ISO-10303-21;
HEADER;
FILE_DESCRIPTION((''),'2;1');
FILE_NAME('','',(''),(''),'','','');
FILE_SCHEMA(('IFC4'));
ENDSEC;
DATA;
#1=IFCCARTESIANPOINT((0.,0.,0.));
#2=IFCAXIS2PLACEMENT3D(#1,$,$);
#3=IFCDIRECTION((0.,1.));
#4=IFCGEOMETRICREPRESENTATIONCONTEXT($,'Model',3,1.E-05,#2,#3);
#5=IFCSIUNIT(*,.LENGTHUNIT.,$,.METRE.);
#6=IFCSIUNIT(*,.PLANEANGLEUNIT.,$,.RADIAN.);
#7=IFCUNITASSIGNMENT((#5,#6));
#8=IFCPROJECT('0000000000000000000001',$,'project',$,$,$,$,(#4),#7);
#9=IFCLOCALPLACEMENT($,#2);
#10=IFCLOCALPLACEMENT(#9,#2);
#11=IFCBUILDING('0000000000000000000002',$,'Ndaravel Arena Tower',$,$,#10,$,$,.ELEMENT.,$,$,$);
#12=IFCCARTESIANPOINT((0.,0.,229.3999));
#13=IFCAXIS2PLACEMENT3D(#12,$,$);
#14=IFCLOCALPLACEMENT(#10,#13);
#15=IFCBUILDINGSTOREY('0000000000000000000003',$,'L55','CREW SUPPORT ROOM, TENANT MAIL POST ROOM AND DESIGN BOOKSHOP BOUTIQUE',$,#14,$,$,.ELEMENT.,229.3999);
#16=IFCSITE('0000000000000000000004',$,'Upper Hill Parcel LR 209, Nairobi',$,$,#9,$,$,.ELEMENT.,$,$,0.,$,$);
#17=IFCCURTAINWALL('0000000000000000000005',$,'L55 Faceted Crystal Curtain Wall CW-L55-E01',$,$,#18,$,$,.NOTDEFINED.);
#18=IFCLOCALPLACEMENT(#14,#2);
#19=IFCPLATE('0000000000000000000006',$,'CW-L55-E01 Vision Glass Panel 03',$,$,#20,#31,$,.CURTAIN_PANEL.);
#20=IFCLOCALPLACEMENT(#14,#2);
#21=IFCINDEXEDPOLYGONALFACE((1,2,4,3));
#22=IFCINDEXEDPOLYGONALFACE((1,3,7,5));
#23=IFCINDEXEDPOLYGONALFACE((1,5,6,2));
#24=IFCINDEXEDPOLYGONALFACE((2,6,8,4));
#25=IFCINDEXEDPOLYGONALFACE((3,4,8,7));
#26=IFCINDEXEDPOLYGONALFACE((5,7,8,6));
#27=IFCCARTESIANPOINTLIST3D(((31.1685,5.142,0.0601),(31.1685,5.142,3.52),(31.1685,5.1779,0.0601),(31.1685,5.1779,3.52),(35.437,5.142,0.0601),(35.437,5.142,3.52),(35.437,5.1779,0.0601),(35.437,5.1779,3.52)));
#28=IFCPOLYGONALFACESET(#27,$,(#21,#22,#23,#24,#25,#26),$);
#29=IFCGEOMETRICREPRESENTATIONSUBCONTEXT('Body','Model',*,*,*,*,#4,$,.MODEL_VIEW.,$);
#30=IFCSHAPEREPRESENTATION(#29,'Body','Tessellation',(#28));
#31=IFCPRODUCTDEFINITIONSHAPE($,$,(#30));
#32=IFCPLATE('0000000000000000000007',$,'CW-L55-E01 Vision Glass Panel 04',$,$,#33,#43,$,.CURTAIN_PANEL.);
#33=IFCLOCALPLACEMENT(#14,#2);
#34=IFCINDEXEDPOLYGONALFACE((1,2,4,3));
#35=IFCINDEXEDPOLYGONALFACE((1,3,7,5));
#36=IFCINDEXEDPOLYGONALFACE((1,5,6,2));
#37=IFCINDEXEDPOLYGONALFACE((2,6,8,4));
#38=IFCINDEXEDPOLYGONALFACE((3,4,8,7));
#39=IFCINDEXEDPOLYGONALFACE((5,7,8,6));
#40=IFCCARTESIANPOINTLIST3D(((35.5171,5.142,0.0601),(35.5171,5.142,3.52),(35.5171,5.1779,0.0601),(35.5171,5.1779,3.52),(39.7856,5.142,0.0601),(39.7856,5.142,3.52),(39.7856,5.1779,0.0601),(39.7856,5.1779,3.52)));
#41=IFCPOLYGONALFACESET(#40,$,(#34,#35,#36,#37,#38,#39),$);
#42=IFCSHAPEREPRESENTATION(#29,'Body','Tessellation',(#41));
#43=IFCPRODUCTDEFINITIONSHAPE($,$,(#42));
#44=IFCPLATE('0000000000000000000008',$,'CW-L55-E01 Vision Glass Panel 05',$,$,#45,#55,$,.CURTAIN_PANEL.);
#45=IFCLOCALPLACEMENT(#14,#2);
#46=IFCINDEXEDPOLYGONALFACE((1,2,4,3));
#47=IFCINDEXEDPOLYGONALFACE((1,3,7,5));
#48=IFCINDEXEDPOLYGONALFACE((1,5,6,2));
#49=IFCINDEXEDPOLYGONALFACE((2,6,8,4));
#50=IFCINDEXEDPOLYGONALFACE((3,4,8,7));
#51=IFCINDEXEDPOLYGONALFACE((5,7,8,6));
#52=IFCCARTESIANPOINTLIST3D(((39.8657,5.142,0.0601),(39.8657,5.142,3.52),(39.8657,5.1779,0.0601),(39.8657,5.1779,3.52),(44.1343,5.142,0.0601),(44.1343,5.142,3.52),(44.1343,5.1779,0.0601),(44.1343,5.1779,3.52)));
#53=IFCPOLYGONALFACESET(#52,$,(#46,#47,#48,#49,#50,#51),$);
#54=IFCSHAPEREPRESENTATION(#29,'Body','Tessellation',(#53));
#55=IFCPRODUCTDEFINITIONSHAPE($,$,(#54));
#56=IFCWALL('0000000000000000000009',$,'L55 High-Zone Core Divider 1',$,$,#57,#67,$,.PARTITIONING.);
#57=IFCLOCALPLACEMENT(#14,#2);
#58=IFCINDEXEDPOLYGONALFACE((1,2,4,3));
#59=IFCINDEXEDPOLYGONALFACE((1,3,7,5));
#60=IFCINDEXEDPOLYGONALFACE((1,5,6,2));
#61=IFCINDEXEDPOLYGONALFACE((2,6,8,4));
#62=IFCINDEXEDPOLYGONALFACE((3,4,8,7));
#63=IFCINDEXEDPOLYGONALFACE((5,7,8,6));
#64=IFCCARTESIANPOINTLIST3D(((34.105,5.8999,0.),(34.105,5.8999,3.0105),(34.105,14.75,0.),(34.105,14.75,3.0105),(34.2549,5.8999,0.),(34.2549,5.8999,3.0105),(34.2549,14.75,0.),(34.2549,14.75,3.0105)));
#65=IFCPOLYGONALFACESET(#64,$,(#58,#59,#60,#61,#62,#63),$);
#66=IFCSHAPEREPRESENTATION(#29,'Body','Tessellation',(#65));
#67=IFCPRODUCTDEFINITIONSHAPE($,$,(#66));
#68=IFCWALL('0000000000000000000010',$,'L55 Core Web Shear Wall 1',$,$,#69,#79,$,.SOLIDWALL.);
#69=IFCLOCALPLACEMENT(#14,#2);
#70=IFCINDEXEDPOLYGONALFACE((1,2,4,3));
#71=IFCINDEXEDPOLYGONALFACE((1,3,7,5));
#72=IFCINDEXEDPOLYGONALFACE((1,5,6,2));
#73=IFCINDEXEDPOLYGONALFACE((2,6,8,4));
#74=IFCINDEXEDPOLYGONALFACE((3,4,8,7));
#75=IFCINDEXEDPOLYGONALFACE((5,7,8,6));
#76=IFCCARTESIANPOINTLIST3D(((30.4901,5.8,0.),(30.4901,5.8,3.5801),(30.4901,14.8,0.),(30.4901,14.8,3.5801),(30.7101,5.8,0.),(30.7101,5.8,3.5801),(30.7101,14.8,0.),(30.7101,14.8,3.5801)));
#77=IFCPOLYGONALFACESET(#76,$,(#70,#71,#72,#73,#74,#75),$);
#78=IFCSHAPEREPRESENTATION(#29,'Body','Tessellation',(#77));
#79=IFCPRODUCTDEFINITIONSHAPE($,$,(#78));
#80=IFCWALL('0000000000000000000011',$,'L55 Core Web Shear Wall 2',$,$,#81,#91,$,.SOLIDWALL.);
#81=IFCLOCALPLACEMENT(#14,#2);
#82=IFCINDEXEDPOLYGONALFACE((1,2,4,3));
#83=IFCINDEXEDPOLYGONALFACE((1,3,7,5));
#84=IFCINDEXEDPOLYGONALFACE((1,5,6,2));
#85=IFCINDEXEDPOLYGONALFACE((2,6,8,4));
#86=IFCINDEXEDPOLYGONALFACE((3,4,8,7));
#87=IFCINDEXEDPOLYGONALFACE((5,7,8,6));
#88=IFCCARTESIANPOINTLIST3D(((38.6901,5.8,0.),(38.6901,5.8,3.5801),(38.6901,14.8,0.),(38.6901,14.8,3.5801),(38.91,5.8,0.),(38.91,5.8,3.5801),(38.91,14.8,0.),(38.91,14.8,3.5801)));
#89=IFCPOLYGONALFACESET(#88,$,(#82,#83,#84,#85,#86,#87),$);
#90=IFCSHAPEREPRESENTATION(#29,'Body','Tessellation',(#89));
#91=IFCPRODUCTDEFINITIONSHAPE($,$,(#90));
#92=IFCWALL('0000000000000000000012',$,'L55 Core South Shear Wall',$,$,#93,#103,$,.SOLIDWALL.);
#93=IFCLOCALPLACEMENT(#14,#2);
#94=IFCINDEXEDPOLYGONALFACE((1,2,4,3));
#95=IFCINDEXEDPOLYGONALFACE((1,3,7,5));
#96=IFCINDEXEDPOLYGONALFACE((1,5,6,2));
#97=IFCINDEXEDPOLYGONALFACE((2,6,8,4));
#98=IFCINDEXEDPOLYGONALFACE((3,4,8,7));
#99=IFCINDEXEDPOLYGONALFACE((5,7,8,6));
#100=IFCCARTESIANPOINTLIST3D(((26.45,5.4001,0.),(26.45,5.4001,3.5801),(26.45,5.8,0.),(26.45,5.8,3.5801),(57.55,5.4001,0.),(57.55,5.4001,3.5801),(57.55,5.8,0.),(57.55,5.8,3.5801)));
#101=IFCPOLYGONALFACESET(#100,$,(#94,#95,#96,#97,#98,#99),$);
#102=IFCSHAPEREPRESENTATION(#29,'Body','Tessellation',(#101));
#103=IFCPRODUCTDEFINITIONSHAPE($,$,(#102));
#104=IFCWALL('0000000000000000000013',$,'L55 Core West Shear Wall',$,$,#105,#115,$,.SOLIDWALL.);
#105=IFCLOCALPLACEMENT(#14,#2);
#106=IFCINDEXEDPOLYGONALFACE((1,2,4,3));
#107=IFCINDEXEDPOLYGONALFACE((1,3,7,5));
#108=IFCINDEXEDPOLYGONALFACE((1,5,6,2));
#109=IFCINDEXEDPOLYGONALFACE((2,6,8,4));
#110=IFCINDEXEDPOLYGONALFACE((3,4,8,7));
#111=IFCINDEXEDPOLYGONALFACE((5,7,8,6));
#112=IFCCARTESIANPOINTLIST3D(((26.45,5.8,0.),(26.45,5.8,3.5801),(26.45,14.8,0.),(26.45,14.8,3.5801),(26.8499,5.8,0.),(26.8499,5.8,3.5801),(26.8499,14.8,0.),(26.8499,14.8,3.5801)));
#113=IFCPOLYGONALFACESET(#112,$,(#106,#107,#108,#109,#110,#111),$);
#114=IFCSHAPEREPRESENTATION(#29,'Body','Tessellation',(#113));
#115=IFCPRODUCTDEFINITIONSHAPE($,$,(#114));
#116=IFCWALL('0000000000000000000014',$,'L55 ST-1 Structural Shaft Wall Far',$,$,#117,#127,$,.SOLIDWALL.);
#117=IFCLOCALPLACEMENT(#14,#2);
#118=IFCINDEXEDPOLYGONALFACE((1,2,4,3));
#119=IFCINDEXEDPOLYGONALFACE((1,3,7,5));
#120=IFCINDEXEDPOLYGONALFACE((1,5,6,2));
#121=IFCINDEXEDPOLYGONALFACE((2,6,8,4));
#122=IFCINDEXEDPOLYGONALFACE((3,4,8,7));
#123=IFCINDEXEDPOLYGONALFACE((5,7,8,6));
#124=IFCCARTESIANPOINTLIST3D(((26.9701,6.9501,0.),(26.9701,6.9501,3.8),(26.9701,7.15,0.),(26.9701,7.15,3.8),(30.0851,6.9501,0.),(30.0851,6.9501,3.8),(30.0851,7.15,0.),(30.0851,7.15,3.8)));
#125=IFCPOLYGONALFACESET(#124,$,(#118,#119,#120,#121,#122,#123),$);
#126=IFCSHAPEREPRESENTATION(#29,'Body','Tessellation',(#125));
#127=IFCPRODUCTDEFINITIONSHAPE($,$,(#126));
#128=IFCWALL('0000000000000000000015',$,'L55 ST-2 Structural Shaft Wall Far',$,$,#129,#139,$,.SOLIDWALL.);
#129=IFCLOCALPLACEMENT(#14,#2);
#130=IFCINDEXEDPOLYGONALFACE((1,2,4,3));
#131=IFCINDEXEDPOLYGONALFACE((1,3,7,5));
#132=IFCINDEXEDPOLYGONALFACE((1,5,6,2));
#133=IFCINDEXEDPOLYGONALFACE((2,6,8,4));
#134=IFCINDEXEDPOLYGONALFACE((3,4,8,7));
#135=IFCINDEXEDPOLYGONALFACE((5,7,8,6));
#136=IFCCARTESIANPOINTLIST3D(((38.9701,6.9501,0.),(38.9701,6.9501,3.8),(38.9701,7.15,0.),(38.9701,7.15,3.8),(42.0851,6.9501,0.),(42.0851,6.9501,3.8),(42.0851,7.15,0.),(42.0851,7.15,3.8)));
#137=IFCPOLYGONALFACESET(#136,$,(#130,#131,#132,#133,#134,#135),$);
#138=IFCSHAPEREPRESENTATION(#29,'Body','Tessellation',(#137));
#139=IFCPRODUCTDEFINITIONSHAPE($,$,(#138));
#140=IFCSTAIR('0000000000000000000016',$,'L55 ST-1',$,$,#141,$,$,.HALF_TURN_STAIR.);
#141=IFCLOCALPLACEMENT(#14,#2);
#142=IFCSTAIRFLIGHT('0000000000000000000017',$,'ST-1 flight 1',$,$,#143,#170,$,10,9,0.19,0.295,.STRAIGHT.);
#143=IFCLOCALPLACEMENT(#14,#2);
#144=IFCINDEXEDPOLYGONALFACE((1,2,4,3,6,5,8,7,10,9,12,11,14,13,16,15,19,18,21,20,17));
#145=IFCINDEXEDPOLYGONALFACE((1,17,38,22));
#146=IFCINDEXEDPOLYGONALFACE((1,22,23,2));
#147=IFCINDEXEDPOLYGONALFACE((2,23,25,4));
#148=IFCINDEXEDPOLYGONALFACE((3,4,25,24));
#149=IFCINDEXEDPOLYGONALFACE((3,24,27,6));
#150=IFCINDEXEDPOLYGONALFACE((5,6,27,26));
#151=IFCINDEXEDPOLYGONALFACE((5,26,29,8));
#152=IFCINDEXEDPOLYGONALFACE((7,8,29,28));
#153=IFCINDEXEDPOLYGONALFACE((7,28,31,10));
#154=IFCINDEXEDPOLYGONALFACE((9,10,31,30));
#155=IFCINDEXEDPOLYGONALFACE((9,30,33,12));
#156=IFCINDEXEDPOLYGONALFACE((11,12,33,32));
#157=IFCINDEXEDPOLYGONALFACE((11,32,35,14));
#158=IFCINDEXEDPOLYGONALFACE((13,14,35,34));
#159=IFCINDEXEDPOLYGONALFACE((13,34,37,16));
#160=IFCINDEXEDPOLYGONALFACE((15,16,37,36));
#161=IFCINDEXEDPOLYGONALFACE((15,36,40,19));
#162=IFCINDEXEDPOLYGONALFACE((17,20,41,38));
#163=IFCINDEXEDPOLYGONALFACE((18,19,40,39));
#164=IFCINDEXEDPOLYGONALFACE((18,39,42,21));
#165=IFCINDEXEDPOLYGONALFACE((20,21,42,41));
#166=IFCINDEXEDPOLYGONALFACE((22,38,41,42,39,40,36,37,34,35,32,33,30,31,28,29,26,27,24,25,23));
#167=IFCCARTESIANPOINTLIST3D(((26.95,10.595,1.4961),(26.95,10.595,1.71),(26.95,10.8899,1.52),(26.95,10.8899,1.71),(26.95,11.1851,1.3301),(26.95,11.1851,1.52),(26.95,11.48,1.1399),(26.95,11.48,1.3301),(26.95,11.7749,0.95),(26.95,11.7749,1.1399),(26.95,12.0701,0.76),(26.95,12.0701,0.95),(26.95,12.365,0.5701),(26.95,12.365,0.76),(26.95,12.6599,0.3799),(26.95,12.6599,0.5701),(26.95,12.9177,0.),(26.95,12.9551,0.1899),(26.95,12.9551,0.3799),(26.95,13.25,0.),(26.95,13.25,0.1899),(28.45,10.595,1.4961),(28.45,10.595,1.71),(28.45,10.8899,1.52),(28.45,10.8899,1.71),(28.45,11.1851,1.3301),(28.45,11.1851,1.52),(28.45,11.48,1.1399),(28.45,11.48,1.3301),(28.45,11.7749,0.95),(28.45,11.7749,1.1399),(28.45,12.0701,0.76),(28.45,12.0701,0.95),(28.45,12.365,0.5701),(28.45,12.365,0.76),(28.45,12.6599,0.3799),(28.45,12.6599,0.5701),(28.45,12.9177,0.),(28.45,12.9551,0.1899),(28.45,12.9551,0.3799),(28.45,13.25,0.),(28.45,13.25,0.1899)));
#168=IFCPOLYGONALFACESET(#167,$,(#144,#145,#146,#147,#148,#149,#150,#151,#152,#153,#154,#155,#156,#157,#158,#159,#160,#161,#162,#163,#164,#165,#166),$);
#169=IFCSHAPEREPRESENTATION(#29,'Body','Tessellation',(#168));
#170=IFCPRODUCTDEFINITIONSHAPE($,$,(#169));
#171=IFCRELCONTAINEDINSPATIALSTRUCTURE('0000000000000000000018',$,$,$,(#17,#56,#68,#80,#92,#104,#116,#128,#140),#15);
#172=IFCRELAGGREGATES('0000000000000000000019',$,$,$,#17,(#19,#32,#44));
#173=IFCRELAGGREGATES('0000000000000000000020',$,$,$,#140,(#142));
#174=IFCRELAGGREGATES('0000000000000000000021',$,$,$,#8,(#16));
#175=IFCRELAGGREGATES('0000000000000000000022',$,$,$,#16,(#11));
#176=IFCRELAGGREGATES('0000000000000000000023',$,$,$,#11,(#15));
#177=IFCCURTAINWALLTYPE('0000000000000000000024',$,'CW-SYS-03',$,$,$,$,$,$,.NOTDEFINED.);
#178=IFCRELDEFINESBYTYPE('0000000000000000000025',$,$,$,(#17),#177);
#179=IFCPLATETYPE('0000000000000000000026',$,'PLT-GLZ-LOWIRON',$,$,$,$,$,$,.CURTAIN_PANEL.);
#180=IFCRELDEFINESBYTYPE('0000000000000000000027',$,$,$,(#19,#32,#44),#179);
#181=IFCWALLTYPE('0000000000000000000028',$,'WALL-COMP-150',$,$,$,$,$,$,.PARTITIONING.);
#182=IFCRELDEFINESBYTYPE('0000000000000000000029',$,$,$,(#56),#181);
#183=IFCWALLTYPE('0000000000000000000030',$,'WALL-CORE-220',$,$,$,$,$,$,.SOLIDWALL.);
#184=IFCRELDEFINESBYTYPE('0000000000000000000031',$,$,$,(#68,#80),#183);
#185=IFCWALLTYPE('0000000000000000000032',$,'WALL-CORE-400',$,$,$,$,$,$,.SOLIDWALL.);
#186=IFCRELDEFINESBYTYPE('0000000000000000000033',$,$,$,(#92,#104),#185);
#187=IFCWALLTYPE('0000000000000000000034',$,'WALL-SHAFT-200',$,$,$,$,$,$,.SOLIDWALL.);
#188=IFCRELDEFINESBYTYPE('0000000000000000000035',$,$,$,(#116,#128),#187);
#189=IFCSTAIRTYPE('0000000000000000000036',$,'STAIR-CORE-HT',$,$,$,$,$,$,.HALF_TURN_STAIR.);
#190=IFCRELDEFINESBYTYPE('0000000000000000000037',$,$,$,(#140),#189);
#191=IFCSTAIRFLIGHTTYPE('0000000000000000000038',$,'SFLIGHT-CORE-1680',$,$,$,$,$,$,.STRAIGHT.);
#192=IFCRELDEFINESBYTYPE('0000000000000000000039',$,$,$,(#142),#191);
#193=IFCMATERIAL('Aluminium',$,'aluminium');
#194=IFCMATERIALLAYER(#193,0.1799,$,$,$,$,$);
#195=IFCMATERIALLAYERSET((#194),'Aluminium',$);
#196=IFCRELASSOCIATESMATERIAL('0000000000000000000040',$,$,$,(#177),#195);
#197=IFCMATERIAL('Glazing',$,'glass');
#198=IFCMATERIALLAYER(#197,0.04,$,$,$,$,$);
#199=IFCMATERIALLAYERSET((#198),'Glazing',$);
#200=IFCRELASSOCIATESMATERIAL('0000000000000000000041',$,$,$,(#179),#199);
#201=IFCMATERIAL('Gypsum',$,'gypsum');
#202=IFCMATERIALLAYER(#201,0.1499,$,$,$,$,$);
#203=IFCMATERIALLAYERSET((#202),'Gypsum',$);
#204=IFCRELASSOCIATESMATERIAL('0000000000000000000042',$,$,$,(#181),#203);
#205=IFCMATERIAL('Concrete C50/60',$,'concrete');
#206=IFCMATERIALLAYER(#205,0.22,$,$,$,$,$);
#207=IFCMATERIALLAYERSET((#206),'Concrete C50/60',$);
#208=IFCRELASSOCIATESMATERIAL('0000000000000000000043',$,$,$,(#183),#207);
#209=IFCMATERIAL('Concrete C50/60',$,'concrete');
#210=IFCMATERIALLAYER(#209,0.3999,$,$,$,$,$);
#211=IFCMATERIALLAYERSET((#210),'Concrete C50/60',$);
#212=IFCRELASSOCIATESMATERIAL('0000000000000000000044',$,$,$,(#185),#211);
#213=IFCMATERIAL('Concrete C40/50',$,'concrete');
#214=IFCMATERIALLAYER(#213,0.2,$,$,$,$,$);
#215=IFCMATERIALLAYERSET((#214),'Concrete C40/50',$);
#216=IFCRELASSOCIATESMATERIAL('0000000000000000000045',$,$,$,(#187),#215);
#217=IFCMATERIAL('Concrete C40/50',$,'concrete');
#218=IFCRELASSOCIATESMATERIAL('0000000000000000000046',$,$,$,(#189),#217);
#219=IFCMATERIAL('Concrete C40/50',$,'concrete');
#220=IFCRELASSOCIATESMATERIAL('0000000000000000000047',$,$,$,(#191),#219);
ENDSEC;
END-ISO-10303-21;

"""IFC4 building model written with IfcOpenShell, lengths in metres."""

from ifc_helpers import new_model, si_unit, direction, frame, frame_2d, origin, origin_2d, place, context, subcontext, project, spatial, polyline, rectangle, outline, extrude, material, layer, layer_set, type_object, element, aggregate, save


model = new_model("IFC4")

# Units and contexts
model_context = context("Model", 3, precision=1e-05, world=origin(), true_north=direction((0.0, 1.0)))
body_context = subcontext(model_context, "Body", "Model", "MODEL_VIEW")
ifc_project = project(units=[si_unit("LENGTHUNIT", "METRE"), si_unit("PLANEANGLEUNIT", "RADIAN")], contexts=[model_context])

# Site, building, storey
site_placement = place(None, origin())
site = spatial("IfcSite", under=ifc_project, at=site_placement, Name="Upper Hill Parcel LR 209, Nairobi", CompositionType="ELEMENT", RefElevation=0.0)
building_placement = place(site_placement, origin())
building = spatial("IfcBuilding", under=site, at=building_placement, Name="Ndaravel Arena Tower", CompositionType="ELEMENT")
storey_placement = place(building_placement, frame((0.0, 0.0, 229.3999)))
storey = spatial("IfcBuildingStorey", under=building, at=storey_placement, Name="L55", Description="CREW SUPPORT ROOM, TENANT MAIL POST ROOM AND DESIGN BOOKSHOP BOUTIQUE", CompositionType="ELEMENT", Elevation=229.3999)

# Curtain wall, plates
ifc_material_1 = material(Name="Aluminium", Category="aluminium")
ifc_layer_1 = layer(ifc_material_1, 0.1799)
ifc_layer_set_1 = layer_set([ifc_layer_1], Name="Aluminium")
curtain_wall_type = type_object("IfcCurtainWallType", Name="CW-SYS-03", PredefinedType="NOTDEFINED", material=ifc_layer_set_1)
curtain_wall_placement = place(storey_placement, origin())
curtain_wall = element("IfcCurtainWall", 1, at=curtain_wall_placement, inside=storey, type_object=curtain_wall_type, Name="L55 Faceted Crystal Curtain Wall CW-L55-E01", PredefinedType="NOTDEFINED")
ifc_material_2 = material(Name="Glazing", Category="glass")
ifc_layer_2 = layer(ifc_material_2, 0.04)
ifc_layer_set_2 = layer_set([ifc_layer_2], Name="Glazing")
plate_type = type_object("IfcPlateType", Name="PLT-GLZ-LOWIRON", PredefinedType="CURTAIN_PANEL", material=ifc_layer_set_2)
plate_1_placement = place(storey_placement, frame((33.3027, 5.1599, 0.0601), z_axis=(0.0, 0.0, 1.0), x_axis=(1.0, 0.0, 0.0)))
plate_1 = element("IfcPlate", 2, at=plate_1_placement, type_object=plate_type, Name="CW-L55-E01 Vision Glass Panel 03", PredefinedType="CURTAIN_PANEL", context=body_context, shape_type="SweptSolid", body=[
    extrude(rectangle(XDim=4.2686, YDim=0.0359, at=origin_2d()), origin(), (0.0, 0.0, 1.0), 3.46),
])
plate_2_placement = place(storey_placement, frame((37.6514, 5.1599, 0.0601), z_axis=(0.0, 0.0, 1.0), x_axis=(1.0, 0.0, 0.0)))
plate_2 = element("IfcPlate", 3, at=plate_2_placement, type_object=plate_type, Name="CW-L55-E01 Vision Glass Panel 04", PredefinedType="CURTAIN_PANEL", context=body_context, shape_type="SweptSolid", body=[
    extrude(rectangle(XDim=4.2686, YDim=0.0359, at=origin_2d()), origin(), (0.0, 0.0, 1.0), 3.46),
])
plate_3_placement = place(storey_placement, frame((42.0, 5.1599, 0.0601), z_axis=(0.0, 0.0, 1.0), x_axis=(1.0, 0.0, 0.0)))
plate_3 = element("IfcPlate", 4, at=plate_3_placement, type_object=plate_type, Name="CW-L55-E01 Vision Glass Panel 05", PredefinedType="CURTAIN_PANEL", context=body_context, shape_type="SweptSolid", body=[
    extrude(rectangle(XDim=4.2686, YDim=0.0359, at=origin_2d()), origin(), (0.0, 0.0, 1.0), 3.46),
])
aggregate(curtain_wall, [plate_1, plate_2, plate_3])

# Walls
ifc_material_3 = material(Name="Gypsum", Category="gypsum")
ifc_layer_3 = layer(ifc_material_3, 0.1499)
ifc_layer_set_3 = layer_set([ifc_layer_3], Name="Gypsum")
wall_type_1 = type_object("IfcWallType", Name="WALL-COMP-150", PredefinedType="PARTITIONING", material=ifc_layer_set_3)
wall_1_placement = place(storey_placement, frame((34.1799, 5.8999, 0.0), z_axis=(0.0, 0.0, 1.0), x_axis=(0.0, 1.0, 0.0)))
element("IfcWall", 5, at=wall_1_placement, inside=storey, type_object=wall_type_1, Name="L55 High-Zone Core Divider 1", PredefinedType="PARTITIONING", context=body_context, shape_type="SweptSolid", body=[
    extrude(rectangle(XDim=8.8501, YDim=0.1499, at=frame_2d((4.425, 0.0))), origin(), (0.0, 0.0, 1.0), 3.0105),
])
ifc_material_4 = material(Name="Concrete C50/60", Category="concrete")
ifc_layer_4 = layer(ifc_material_4, 0.22)
ifc_layer_set_4 = layer_set([ifc_layer_4], Name="Concrete C50/60")
wall_type_2 = type_object("IfcWallType", Name="WALL-CORE-220", PredefinedType="SOLIDWALL", material=ifc_layer_set_4)
for number, where, z_axis, x_axis, name in (
    (6, (30.6001, 5.8, 0.0), (0.0, 0.0, 1.0), (0.0, 1.0, 0.0), "L55 Core Web Shear Wall 1"),
    (7, (38.8, 5.8, 0.0), (0.0, 0.0, 1.0), (0.0, 1.0, 0.0), "L55 Core Web Shear Wall 2"),
):
    element("IfcWall", number, at=place(storey_placement, frame(where, z_axis=z_axis, x_axis=x_axis)), inside=storey, type_object=wall_type_2, Name=name, PredefinedType="SOLIDWALL", context=body_context, shape_type="SweptSolid", body=[
        extrude(rectangle(XDim=9.0, YDim=0.22, at=frame_2d((4.5, 0.0))), origin(), (0.0, 0.0, 1.0), 3.5801),
    ])
ifc_material_5 = material(Name="Concrete C50/60", Category="concrete")
ifc_layer_5 = layer(ifc_material_5, 0.3999)
ifc_layer_set_5 = layer_set([ifc_layer_5], Name="Concrete C50/60")
wall_type_3 = type_object("IfcWallType", Name="WALL-CORE-400", PredefinedType="SOLIDWALL", material=ifc_layer_set_5)
wall_2_placement = place(storey_placement, frame((26.45, 5.6001, 0.0), z_axis=(0.0, 0.0, 1.0), x_axis=(1.0, 0.0, 0.0)))
element("IfcWall", 8, at=wall_2_placement, inside=storey, type_object=wall_type_3, Name="L55 Core South Shear Wall", PredefinedType="SOLIDWALL", context=body_context, shape_type="SweptSolid", body=[
    extrude(rectangle(XDim=31.1001, YDim=0.3999, at=frame_2d((15.55, 0.0))), origin(), (0.0, 0.0, 1.0), 3.5801),
])
wall_3_placement = place(storey_placement, frame((26.6499, 5.8, 0.0), z_axis=(0.0, 0.0, 1.0), x_axis=(0.0, 1.0, 0.0)))
element("IfcWall", 9, at=wall_3_placement, inside=storey, type_object=wall_type_3, Name="L55 Core West Shear Wall", PredefinedType="SOLIDWALL", context=body_context, shape_type="SweptSolid", body=[
    extrude(rectangle(XDim=9.0, YDim=0.3999, at=frame_2d((4.5, 0.0))), origin(), (0.0, 0.0, 1.0), 3.5801),
])
ifc_material_6 = material(Name="Concrete C40/50", Category="concrete")
ifc_layer_6 = layer(ifc_material_6, 0.2)
ifc_layer_set_6 = layer_set([ifc_layer_6], Name="Concrete C40/50")
wall_type_4 = type_object("IfcWallType", Name="WALL-SHAFT-200", PredefinedType="SOLIDWALL", material=ifc_layer_set_6)
for number, where, z_axis, x_axis, name in (
    (10, (26.97, 7.05, 0.0), (0.0, 0.0, 1.0), (1.0, 0.0, 0.0), "L55 ST-1 Structural Shaft Wall Far"),
    (11, (38.97, 7.05, 0.0), (0.0, 0.0, 1.0), (1.0, 0.0, 0.0), "L55 ST-2 Structural Shaft Wall Far"),
):
    element("IfcWall", number, at=place(storey_placement, frame(where, z_axis=z_axis, x_axis=x_axis)), inside=storey, type_object=wall_type_4, Name=name, PredefinedType="SOLIDWALL", context=body_context, shape_type="SweptSolid", body=[
        extrude(rectangle(XDim=3.115, YDim=0.2, at=frame_2d((1.5576, 0.0))), origin(), (0.0, 0.0, 1.0), 3.8),
    ])

# Stair, stair flight
ifc_material_7 = material(Name="Concrete C40/50", Category="concrete")
stair_type = type_object("IfcStairType", Name="STAIR-CORE-HT", PredefinedType="HALF_TURN_STAIR", material=ifc_material_7)
stair_1_placement = place(storey_placement, origin())
stair_1 = element("IfcStair", 12, at=stair_1_placement, inside=storey, type_object=stair_type, Name="L55 ST-1", PredefinedType="HALF_TURN_STAIR")
ifc_material_8 = material(Name="Concrete C40/50", Category="concrete")
stair_flight_type = type_object("IfcStairFlightType", Name="SFLIGHT-CORE-1680", PredefinedType="STRAIGHT", material=ifc_material_8)
stair_flight_1_placement = place(storey_placement, frame((27.7, 13.25, 0.0), z_axis=(0.0, 0.0, 1.0), x_axis=(0.0, -1.0, 0.0)))
stair_flight_1 = element("IfcStairFlight", 13, at=stair_flight_1_placement, type_object=stair_flight_type, Name="ST-1 flight 1", NumberOfRisers=10, NumberOfTreads=9, PredefinedType="STRAIGHT", RiserHeight=0.19, TreadLength=0.295, context=body_context, shape_type="SweptSolid", body=[
    extrude(outline(polyline([(0.0, 0.0), (0.0, 0.1899), (0.2949, 0.1899), (0.2949, 0.3799), (0.5901, 0.3799), (0.5901, 0.5701), (0.885, 0.5701), (0.885, 0.76), (1.1799, 0.76), (1.1799, 0.95), (1.4751, 0.95), (1.4751, 1.1399), (1.77, 1.1399), (1.77, 1.3301), (2.0649, 1.3301), (2.0649, 1.52), (2.3601, 1.52), (2.3601, 1.71), (2.655, 1.71), (2.655, 1.8999), (2.655, 1.4961), (0.3323, 0.0), (0.0, 0.0)])), frame((0.0, 0.75, 0.0), z_axis=(0.0, -1.0, 0.0), x_axis=(1.0, 0.0, 0.0)), (0.0, 0.0, 1.0), 1.5),
])
aggregate(stair_1, [stair_flight_1])

save(model, "model.ifc")
